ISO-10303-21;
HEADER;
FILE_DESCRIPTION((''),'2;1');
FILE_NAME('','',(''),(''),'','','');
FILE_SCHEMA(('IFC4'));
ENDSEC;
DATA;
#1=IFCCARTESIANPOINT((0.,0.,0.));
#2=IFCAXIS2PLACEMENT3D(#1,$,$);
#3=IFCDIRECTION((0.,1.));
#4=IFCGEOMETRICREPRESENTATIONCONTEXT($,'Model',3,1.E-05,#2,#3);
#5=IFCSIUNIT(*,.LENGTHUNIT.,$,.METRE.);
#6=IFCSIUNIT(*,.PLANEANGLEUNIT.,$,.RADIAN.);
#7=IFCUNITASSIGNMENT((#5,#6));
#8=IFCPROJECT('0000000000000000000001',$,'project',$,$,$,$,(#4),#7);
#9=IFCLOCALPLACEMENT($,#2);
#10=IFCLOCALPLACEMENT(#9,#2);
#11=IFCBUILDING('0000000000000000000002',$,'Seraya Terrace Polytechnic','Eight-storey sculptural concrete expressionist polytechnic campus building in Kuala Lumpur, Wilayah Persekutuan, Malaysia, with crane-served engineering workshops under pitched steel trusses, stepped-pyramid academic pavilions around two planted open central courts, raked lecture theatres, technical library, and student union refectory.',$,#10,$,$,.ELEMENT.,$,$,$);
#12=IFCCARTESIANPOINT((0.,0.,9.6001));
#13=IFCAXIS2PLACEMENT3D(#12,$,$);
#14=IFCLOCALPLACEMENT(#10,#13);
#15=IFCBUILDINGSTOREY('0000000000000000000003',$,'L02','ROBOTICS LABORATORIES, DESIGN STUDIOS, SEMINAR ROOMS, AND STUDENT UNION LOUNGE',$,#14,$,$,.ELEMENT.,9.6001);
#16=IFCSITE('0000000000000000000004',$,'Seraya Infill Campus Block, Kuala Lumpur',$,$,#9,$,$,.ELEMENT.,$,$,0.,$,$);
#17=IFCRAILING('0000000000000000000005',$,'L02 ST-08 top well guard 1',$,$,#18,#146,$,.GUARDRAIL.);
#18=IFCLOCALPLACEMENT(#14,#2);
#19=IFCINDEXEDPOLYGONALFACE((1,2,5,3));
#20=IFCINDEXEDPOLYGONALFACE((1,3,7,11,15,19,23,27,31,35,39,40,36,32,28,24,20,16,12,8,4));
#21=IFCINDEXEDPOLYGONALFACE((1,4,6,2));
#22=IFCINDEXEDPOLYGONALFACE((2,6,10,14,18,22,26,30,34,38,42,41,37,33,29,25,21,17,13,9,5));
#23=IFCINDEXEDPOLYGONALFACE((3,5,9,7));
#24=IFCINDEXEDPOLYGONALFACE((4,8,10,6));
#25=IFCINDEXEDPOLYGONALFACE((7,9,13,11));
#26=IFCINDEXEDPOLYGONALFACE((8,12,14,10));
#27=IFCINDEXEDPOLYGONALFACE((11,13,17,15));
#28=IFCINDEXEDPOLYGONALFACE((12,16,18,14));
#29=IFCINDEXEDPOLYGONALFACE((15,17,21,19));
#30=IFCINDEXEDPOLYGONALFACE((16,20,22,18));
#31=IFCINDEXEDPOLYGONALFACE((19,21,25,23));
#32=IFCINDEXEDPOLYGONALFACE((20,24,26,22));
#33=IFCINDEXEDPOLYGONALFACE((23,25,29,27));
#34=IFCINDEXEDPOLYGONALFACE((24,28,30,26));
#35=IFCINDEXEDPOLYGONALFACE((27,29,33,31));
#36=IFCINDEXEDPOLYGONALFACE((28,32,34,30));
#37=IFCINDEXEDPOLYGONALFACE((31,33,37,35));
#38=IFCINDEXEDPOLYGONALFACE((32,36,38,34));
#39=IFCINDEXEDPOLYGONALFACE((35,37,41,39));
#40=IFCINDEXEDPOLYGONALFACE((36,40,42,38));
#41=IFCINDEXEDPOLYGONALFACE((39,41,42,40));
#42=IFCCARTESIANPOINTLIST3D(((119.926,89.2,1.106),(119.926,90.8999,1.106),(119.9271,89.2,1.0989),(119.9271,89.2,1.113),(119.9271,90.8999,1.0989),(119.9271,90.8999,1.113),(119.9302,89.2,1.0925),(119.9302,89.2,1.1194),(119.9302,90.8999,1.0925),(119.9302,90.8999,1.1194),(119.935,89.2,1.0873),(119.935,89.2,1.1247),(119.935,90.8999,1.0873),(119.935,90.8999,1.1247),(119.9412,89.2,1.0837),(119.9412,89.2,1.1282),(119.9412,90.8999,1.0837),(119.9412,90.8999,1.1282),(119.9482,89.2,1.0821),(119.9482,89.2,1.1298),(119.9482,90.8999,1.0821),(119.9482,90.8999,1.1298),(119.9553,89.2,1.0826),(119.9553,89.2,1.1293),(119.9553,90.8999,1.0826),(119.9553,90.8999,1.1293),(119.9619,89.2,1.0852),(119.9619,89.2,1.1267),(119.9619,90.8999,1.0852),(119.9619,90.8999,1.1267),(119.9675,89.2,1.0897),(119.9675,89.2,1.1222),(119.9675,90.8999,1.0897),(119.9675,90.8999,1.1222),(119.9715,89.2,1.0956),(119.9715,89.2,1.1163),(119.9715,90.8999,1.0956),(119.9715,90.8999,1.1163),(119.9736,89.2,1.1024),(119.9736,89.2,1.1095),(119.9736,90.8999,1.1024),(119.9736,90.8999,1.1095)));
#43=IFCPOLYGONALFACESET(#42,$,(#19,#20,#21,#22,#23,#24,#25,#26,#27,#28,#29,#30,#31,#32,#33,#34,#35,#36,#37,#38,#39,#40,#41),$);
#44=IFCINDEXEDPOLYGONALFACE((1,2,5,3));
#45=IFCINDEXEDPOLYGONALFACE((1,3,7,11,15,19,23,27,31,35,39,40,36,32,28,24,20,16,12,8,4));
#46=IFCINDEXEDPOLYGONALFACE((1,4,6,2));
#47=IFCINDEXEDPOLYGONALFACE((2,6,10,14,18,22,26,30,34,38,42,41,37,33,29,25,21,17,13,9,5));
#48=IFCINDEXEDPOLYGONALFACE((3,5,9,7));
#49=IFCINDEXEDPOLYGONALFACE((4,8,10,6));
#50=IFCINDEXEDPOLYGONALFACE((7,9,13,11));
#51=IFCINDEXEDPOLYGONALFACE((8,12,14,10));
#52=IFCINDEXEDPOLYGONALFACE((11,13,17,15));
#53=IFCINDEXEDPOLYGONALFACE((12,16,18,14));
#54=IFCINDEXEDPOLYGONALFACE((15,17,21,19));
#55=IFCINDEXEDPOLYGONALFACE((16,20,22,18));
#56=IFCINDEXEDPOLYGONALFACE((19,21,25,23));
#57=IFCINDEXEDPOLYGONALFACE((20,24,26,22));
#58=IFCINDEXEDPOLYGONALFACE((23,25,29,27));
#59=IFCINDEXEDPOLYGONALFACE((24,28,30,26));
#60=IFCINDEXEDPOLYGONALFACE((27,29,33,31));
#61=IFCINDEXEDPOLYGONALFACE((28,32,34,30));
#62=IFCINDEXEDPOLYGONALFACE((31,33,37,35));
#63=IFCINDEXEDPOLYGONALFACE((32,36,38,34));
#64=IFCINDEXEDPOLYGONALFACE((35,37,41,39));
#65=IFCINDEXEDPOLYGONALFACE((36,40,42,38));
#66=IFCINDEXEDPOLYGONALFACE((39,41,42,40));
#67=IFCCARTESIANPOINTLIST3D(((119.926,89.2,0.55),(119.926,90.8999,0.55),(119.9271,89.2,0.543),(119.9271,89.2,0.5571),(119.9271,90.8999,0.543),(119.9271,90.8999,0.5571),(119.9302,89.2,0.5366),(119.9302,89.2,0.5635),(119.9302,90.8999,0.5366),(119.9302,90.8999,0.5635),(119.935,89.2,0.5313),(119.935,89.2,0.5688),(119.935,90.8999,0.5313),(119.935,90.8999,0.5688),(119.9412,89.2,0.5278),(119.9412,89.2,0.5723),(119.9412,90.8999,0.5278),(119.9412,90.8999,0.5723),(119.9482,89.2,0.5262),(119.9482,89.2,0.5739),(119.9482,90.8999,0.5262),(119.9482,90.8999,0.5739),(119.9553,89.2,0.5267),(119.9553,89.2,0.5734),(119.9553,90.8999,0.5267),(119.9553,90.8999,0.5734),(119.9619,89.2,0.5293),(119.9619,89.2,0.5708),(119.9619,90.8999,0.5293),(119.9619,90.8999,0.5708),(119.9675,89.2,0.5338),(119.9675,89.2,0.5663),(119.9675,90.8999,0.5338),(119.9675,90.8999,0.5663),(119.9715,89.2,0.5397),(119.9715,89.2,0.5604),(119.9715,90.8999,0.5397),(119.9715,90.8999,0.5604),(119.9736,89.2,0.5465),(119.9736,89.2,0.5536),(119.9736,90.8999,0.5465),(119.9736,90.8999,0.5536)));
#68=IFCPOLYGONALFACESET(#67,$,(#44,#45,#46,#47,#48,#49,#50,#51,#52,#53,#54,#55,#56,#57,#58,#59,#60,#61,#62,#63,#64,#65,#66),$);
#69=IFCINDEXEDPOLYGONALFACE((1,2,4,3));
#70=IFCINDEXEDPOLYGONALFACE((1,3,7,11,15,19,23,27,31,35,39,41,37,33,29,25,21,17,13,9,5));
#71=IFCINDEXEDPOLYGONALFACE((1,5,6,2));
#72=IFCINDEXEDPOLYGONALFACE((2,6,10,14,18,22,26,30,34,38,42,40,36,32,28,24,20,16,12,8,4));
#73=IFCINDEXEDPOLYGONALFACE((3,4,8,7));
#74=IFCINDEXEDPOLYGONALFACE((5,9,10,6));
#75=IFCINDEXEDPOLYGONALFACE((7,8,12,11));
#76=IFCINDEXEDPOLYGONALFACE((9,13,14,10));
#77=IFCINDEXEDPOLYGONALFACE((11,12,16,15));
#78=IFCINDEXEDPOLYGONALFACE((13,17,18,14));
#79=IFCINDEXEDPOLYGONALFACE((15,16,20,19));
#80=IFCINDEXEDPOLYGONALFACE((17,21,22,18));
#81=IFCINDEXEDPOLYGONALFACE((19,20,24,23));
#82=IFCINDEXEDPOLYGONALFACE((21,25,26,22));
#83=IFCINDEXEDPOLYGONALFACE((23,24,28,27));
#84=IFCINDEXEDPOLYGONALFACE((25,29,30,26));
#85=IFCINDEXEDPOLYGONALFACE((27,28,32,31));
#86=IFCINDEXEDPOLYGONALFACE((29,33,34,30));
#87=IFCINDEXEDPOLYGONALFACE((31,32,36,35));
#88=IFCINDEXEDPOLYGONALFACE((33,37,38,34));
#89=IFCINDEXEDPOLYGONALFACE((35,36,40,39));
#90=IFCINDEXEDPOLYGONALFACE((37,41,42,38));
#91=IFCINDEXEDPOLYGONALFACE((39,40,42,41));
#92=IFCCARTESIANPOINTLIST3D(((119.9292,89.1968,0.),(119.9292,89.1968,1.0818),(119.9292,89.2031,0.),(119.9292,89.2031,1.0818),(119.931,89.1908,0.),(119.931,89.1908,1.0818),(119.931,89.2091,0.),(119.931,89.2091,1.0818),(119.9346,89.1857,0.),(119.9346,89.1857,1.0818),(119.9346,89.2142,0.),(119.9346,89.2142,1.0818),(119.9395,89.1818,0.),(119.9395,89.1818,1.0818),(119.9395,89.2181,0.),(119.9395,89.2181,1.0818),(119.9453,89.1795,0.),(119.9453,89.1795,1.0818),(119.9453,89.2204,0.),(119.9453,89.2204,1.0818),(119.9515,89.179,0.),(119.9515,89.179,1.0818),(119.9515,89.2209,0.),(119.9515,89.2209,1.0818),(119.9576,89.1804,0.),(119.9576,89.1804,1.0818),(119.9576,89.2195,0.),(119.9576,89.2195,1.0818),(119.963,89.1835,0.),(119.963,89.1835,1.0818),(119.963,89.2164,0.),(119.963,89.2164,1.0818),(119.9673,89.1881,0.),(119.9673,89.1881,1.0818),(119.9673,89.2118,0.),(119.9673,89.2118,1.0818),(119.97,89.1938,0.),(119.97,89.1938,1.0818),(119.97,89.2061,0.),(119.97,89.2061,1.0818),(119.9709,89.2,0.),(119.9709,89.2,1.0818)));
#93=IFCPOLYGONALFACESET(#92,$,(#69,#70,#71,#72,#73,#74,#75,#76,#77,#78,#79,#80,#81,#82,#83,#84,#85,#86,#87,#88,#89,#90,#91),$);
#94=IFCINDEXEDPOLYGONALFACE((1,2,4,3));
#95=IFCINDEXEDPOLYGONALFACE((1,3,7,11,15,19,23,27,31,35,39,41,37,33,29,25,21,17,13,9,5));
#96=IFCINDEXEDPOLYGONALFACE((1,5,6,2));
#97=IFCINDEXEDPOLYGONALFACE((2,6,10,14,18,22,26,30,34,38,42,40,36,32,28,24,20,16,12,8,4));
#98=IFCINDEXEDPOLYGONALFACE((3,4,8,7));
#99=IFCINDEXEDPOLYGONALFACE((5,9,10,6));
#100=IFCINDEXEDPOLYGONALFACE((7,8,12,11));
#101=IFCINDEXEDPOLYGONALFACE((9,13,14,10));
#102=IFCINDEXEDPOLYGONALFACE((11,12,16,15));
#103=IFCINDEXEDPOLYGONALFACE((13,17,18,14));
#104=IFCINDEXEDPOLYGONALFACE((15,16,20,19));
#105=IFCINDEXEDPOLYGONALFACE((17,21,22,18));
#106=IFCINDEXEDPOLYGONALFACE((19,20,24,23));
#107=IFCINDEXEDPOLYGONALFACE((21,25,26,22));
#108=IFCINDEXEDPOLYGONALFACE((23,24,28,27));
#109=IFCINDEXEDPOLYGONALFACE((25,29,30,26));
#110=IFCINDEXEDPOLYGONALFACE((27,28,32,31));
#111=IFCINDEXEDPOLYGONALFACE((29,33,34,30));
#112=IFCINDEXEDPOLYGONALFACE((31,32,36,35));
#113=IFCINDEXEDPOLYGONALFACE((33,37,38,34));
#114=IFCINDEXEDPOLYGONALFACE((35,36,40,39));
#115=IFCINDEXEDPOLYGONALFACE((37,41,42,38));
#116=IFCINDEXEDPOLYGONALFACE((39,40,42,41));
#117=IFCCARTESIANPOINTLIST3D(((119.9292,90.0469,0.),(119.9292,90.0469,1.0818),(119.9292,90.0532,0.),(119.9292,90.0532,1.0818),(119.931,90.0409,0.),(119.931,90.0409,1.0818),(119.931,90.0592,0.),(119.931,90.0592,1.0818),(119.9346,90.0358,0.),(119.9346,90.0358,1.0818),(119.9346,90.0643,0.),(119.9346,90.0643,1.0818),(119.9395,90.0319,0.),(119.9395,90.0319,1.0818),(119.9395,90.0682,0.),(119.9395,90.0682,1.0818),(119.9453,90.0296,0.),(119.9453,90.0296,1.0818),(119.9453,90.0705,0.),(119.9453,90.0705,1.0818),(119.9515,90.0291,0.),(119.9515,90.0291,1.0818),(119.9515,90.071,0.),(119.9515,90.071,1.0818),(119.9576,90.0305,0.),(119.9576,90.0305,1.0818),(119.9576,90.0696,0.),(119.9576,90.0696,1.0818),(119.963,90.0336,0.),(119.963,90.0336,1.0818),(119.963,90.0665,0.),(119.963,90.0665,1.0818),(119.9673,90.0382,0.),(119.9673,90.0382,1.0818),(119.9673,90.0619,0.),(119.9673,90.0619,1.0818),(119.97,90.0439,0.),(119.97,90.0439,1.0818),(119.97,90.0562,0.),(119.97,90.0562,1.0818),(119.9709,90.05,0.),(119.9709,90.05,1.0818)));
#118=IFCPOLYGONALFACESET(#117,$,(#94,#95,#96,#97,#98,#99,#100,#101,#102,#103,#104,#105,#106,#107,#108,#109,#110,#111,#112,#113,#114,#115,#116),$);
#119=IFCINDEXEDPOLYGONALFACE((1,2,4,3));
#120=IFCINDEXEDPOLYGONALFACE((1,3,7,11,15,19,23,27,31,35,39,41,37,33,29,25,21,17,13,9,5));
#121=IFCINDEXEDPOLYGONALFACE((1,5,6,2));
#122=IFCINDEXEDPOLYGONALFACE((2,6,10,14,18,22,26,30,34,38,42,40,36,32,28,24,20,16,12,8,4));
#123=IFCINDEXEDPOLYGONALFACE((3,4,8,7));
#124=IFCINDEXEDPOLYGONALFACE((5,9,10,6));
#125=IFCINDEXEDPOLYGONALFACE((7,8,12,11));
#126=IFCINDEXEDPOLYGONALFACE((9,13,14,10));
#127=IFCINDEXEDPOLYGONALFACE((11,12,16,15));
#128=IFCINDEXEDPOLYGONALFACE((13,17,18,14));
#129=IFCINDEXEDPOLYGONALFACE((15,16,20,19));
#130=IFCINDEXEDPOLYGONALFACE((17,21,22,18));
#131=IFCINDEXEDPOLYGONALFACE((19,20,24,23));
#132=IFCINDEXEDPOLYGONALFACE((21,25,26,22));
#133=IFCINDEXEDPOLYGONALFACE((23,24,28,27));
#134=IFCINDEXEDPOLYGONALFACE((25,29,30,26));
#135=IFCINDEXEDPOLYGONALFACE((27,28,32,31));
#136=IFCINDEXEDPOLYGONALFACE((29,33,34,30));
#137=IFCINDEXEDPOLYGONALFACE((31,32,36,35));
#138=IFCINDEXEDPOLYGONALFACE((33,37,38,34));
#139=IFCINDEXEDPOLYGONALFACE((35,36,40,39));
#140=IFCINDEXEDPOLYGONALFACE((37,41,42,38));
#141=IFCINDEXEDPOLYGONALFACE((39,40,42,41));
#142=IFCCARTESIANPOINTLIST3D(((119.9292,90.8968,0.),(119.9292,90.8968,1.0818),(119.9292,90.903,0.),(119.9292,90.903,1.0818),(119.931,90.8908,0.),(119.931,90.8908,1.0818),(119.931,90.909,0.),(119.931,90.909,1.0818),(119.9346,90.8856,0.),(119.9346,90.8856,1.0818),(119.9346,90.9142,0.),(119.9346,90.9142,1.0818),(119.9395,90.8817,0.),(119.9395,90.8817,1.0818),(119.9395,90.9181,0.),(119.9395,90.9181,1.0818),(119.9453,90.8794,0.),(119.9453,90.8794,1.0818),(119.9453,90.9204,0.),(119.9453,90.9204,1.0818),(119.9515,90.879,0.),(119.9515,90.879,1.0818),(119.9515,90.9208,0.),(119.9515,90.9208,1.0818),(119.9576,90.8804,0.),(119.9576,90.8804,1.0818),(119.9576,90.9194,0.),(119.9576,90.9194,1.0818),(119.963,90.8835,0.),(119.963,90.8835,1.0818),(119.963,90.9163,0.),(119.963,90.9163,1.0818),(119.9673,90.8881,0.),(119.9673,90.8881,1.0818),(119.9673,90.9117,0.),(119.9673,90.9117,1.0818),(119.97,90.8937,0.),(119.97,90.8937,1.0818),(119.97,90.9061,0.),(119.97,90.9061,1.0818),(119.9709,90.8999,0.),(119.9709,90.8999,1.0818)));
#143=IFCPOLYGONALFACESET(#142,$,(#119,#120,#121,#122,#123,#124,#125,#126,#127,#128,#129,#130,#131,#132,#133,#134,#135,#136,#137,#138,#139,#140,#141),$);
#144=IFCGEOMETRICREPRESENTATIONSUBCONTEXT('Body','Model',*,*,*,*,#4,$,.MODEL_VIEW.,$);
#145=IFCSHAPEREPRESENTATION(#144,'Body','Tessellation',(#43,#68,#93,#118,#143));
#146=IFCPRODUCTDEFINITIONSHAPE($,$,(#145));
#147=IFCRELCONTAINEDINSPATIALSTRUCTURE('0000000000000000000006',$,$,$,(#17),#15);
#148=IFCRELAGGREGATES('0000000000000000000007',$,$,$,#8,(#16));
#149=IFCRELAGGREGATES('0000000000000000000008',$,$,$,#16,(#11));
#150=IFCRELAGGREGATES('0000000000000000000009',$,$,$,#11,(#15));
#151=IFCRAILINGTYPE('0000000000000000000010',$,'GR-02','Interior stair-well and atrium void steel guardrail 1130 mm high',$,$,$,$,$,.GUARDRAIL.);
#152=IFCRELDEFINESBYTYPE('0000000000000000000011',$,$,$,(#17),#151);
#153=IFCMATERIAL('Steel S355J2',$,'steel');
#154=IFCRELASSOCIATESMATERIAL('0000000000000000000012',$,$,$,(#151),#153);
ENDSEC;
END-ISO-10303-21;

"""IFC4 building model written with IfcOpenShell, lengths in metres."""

from ifc_helpers import new_model, si_unit, direction, frame, origin, origin_2d, place, context, subcontext, project, spatial, circle, extrude, material, type_object, element, save


model = new_model("IFC4")

# Units and contexts
model_context = context("Model", 3, precision=1e-05, world=origin(), true_north=direction((0.0, 1.0)))
body_context = subcontext(model_context, "Body", "Model", "MODEL_VIEW")
ifc_project = project(units=[si_unit("LENGTHUNIT", "METRE"), si_unit("PLANEANGLEUNIT", "RADIAN")], contexts=[model_context])

# Site, building, storey
site_placement = place(None, origin())
site = spatial("IfcSite", under=ifc_project, at=site_placement, Name="Seraya Infill Campus Block, Kuala Lumpur", CompositionType="ELEMENT", RefElevation=0.0)
building_placement = place(site_placement, origin())
building = spatial("IfcBuilding", under=site, at=building_placement, Name="Seraya Terrace Polytechnic", Description="Eight-storey sculptural concrete expressionist polytechnic campus building in Kuala Lumpur, Wilayah Persekutuan, Malaysia, with crane-served engineering workshops under pitched steel trusses, stepped-pyramid academic pavilions around two planted open central courts, raked lecture theatres, technical library, and student union refectory.", CompositionType="ELEMENT")
storey_placement = place(building_placement, frame((0.0, 0.0, 9.6001)))
storey = spatial("IfcBuildingStorey", under=building, at=storey_placement, Name="L02", Description="ROBOTICS LABORATORIES, DESIGN STUDIOS, SEMINAR ROOMS, AND STUDENT UNION LOUNGE", CompositionType="ELEMENT", Elevation=9.6001)

# Shared definitions
ifc_material_1 = material(Name="Steel S355J2", Category="steel")

# Railing
railing_type = type_object("IfcRailingType", Name="GR-02", Description="Interior stair-well and atrium void steel guardrail 1130 mm high", PredefinedType="GUARDRAIL", material=ifc_material_1)
railing_placement = place(storey_placement, frame((119.95, 89.2, 0.0)))
element("IfcRailing", 1, at=railing_placement, inside=storey, type_object=railing_type, Name="L02 ST-08 top well guard 1", PredefinedType="GUARDRAIL", context=body_context, shape_type="SweptSolid", body=[
    extrude(circle(Radius=0.0239, at=origin_2d()), frame((0.0, 0.0, 1.106), z_axis=(0.0, 1.0, 0.0), x_axis=(-1.0, 0.0, 0.0)), (0.0, 0.0, 1.0), 1.7),
    extrude(circle(Radius=0.0239, at=origin_2d()), frame((0.0, 0.0, 0.55), z_axis=(0.0, 1.0, 0.0), x_axis=(-1.0, 0.0, 0.0)), (0.0, 0.0, 1.0), 1.7),
    extrude(circle(Radius=0.021, at=origin_2d()), origin(), (0.0, 0.0, 1.0), 1.0818),
    extrude(circle(Radius=0.021, at=origin_2d()), frame((0.0, 0.8501, 0.0)), (0.0, 0.0, 1.0), 1.0818),
    extrude(circle(Radius=0.021, at=origin_2d()), frame((0.0, 1.7, 0.0)), (0.0, 0.0, 1.0), 1.0818),
])

save(model, "model.ifc")
